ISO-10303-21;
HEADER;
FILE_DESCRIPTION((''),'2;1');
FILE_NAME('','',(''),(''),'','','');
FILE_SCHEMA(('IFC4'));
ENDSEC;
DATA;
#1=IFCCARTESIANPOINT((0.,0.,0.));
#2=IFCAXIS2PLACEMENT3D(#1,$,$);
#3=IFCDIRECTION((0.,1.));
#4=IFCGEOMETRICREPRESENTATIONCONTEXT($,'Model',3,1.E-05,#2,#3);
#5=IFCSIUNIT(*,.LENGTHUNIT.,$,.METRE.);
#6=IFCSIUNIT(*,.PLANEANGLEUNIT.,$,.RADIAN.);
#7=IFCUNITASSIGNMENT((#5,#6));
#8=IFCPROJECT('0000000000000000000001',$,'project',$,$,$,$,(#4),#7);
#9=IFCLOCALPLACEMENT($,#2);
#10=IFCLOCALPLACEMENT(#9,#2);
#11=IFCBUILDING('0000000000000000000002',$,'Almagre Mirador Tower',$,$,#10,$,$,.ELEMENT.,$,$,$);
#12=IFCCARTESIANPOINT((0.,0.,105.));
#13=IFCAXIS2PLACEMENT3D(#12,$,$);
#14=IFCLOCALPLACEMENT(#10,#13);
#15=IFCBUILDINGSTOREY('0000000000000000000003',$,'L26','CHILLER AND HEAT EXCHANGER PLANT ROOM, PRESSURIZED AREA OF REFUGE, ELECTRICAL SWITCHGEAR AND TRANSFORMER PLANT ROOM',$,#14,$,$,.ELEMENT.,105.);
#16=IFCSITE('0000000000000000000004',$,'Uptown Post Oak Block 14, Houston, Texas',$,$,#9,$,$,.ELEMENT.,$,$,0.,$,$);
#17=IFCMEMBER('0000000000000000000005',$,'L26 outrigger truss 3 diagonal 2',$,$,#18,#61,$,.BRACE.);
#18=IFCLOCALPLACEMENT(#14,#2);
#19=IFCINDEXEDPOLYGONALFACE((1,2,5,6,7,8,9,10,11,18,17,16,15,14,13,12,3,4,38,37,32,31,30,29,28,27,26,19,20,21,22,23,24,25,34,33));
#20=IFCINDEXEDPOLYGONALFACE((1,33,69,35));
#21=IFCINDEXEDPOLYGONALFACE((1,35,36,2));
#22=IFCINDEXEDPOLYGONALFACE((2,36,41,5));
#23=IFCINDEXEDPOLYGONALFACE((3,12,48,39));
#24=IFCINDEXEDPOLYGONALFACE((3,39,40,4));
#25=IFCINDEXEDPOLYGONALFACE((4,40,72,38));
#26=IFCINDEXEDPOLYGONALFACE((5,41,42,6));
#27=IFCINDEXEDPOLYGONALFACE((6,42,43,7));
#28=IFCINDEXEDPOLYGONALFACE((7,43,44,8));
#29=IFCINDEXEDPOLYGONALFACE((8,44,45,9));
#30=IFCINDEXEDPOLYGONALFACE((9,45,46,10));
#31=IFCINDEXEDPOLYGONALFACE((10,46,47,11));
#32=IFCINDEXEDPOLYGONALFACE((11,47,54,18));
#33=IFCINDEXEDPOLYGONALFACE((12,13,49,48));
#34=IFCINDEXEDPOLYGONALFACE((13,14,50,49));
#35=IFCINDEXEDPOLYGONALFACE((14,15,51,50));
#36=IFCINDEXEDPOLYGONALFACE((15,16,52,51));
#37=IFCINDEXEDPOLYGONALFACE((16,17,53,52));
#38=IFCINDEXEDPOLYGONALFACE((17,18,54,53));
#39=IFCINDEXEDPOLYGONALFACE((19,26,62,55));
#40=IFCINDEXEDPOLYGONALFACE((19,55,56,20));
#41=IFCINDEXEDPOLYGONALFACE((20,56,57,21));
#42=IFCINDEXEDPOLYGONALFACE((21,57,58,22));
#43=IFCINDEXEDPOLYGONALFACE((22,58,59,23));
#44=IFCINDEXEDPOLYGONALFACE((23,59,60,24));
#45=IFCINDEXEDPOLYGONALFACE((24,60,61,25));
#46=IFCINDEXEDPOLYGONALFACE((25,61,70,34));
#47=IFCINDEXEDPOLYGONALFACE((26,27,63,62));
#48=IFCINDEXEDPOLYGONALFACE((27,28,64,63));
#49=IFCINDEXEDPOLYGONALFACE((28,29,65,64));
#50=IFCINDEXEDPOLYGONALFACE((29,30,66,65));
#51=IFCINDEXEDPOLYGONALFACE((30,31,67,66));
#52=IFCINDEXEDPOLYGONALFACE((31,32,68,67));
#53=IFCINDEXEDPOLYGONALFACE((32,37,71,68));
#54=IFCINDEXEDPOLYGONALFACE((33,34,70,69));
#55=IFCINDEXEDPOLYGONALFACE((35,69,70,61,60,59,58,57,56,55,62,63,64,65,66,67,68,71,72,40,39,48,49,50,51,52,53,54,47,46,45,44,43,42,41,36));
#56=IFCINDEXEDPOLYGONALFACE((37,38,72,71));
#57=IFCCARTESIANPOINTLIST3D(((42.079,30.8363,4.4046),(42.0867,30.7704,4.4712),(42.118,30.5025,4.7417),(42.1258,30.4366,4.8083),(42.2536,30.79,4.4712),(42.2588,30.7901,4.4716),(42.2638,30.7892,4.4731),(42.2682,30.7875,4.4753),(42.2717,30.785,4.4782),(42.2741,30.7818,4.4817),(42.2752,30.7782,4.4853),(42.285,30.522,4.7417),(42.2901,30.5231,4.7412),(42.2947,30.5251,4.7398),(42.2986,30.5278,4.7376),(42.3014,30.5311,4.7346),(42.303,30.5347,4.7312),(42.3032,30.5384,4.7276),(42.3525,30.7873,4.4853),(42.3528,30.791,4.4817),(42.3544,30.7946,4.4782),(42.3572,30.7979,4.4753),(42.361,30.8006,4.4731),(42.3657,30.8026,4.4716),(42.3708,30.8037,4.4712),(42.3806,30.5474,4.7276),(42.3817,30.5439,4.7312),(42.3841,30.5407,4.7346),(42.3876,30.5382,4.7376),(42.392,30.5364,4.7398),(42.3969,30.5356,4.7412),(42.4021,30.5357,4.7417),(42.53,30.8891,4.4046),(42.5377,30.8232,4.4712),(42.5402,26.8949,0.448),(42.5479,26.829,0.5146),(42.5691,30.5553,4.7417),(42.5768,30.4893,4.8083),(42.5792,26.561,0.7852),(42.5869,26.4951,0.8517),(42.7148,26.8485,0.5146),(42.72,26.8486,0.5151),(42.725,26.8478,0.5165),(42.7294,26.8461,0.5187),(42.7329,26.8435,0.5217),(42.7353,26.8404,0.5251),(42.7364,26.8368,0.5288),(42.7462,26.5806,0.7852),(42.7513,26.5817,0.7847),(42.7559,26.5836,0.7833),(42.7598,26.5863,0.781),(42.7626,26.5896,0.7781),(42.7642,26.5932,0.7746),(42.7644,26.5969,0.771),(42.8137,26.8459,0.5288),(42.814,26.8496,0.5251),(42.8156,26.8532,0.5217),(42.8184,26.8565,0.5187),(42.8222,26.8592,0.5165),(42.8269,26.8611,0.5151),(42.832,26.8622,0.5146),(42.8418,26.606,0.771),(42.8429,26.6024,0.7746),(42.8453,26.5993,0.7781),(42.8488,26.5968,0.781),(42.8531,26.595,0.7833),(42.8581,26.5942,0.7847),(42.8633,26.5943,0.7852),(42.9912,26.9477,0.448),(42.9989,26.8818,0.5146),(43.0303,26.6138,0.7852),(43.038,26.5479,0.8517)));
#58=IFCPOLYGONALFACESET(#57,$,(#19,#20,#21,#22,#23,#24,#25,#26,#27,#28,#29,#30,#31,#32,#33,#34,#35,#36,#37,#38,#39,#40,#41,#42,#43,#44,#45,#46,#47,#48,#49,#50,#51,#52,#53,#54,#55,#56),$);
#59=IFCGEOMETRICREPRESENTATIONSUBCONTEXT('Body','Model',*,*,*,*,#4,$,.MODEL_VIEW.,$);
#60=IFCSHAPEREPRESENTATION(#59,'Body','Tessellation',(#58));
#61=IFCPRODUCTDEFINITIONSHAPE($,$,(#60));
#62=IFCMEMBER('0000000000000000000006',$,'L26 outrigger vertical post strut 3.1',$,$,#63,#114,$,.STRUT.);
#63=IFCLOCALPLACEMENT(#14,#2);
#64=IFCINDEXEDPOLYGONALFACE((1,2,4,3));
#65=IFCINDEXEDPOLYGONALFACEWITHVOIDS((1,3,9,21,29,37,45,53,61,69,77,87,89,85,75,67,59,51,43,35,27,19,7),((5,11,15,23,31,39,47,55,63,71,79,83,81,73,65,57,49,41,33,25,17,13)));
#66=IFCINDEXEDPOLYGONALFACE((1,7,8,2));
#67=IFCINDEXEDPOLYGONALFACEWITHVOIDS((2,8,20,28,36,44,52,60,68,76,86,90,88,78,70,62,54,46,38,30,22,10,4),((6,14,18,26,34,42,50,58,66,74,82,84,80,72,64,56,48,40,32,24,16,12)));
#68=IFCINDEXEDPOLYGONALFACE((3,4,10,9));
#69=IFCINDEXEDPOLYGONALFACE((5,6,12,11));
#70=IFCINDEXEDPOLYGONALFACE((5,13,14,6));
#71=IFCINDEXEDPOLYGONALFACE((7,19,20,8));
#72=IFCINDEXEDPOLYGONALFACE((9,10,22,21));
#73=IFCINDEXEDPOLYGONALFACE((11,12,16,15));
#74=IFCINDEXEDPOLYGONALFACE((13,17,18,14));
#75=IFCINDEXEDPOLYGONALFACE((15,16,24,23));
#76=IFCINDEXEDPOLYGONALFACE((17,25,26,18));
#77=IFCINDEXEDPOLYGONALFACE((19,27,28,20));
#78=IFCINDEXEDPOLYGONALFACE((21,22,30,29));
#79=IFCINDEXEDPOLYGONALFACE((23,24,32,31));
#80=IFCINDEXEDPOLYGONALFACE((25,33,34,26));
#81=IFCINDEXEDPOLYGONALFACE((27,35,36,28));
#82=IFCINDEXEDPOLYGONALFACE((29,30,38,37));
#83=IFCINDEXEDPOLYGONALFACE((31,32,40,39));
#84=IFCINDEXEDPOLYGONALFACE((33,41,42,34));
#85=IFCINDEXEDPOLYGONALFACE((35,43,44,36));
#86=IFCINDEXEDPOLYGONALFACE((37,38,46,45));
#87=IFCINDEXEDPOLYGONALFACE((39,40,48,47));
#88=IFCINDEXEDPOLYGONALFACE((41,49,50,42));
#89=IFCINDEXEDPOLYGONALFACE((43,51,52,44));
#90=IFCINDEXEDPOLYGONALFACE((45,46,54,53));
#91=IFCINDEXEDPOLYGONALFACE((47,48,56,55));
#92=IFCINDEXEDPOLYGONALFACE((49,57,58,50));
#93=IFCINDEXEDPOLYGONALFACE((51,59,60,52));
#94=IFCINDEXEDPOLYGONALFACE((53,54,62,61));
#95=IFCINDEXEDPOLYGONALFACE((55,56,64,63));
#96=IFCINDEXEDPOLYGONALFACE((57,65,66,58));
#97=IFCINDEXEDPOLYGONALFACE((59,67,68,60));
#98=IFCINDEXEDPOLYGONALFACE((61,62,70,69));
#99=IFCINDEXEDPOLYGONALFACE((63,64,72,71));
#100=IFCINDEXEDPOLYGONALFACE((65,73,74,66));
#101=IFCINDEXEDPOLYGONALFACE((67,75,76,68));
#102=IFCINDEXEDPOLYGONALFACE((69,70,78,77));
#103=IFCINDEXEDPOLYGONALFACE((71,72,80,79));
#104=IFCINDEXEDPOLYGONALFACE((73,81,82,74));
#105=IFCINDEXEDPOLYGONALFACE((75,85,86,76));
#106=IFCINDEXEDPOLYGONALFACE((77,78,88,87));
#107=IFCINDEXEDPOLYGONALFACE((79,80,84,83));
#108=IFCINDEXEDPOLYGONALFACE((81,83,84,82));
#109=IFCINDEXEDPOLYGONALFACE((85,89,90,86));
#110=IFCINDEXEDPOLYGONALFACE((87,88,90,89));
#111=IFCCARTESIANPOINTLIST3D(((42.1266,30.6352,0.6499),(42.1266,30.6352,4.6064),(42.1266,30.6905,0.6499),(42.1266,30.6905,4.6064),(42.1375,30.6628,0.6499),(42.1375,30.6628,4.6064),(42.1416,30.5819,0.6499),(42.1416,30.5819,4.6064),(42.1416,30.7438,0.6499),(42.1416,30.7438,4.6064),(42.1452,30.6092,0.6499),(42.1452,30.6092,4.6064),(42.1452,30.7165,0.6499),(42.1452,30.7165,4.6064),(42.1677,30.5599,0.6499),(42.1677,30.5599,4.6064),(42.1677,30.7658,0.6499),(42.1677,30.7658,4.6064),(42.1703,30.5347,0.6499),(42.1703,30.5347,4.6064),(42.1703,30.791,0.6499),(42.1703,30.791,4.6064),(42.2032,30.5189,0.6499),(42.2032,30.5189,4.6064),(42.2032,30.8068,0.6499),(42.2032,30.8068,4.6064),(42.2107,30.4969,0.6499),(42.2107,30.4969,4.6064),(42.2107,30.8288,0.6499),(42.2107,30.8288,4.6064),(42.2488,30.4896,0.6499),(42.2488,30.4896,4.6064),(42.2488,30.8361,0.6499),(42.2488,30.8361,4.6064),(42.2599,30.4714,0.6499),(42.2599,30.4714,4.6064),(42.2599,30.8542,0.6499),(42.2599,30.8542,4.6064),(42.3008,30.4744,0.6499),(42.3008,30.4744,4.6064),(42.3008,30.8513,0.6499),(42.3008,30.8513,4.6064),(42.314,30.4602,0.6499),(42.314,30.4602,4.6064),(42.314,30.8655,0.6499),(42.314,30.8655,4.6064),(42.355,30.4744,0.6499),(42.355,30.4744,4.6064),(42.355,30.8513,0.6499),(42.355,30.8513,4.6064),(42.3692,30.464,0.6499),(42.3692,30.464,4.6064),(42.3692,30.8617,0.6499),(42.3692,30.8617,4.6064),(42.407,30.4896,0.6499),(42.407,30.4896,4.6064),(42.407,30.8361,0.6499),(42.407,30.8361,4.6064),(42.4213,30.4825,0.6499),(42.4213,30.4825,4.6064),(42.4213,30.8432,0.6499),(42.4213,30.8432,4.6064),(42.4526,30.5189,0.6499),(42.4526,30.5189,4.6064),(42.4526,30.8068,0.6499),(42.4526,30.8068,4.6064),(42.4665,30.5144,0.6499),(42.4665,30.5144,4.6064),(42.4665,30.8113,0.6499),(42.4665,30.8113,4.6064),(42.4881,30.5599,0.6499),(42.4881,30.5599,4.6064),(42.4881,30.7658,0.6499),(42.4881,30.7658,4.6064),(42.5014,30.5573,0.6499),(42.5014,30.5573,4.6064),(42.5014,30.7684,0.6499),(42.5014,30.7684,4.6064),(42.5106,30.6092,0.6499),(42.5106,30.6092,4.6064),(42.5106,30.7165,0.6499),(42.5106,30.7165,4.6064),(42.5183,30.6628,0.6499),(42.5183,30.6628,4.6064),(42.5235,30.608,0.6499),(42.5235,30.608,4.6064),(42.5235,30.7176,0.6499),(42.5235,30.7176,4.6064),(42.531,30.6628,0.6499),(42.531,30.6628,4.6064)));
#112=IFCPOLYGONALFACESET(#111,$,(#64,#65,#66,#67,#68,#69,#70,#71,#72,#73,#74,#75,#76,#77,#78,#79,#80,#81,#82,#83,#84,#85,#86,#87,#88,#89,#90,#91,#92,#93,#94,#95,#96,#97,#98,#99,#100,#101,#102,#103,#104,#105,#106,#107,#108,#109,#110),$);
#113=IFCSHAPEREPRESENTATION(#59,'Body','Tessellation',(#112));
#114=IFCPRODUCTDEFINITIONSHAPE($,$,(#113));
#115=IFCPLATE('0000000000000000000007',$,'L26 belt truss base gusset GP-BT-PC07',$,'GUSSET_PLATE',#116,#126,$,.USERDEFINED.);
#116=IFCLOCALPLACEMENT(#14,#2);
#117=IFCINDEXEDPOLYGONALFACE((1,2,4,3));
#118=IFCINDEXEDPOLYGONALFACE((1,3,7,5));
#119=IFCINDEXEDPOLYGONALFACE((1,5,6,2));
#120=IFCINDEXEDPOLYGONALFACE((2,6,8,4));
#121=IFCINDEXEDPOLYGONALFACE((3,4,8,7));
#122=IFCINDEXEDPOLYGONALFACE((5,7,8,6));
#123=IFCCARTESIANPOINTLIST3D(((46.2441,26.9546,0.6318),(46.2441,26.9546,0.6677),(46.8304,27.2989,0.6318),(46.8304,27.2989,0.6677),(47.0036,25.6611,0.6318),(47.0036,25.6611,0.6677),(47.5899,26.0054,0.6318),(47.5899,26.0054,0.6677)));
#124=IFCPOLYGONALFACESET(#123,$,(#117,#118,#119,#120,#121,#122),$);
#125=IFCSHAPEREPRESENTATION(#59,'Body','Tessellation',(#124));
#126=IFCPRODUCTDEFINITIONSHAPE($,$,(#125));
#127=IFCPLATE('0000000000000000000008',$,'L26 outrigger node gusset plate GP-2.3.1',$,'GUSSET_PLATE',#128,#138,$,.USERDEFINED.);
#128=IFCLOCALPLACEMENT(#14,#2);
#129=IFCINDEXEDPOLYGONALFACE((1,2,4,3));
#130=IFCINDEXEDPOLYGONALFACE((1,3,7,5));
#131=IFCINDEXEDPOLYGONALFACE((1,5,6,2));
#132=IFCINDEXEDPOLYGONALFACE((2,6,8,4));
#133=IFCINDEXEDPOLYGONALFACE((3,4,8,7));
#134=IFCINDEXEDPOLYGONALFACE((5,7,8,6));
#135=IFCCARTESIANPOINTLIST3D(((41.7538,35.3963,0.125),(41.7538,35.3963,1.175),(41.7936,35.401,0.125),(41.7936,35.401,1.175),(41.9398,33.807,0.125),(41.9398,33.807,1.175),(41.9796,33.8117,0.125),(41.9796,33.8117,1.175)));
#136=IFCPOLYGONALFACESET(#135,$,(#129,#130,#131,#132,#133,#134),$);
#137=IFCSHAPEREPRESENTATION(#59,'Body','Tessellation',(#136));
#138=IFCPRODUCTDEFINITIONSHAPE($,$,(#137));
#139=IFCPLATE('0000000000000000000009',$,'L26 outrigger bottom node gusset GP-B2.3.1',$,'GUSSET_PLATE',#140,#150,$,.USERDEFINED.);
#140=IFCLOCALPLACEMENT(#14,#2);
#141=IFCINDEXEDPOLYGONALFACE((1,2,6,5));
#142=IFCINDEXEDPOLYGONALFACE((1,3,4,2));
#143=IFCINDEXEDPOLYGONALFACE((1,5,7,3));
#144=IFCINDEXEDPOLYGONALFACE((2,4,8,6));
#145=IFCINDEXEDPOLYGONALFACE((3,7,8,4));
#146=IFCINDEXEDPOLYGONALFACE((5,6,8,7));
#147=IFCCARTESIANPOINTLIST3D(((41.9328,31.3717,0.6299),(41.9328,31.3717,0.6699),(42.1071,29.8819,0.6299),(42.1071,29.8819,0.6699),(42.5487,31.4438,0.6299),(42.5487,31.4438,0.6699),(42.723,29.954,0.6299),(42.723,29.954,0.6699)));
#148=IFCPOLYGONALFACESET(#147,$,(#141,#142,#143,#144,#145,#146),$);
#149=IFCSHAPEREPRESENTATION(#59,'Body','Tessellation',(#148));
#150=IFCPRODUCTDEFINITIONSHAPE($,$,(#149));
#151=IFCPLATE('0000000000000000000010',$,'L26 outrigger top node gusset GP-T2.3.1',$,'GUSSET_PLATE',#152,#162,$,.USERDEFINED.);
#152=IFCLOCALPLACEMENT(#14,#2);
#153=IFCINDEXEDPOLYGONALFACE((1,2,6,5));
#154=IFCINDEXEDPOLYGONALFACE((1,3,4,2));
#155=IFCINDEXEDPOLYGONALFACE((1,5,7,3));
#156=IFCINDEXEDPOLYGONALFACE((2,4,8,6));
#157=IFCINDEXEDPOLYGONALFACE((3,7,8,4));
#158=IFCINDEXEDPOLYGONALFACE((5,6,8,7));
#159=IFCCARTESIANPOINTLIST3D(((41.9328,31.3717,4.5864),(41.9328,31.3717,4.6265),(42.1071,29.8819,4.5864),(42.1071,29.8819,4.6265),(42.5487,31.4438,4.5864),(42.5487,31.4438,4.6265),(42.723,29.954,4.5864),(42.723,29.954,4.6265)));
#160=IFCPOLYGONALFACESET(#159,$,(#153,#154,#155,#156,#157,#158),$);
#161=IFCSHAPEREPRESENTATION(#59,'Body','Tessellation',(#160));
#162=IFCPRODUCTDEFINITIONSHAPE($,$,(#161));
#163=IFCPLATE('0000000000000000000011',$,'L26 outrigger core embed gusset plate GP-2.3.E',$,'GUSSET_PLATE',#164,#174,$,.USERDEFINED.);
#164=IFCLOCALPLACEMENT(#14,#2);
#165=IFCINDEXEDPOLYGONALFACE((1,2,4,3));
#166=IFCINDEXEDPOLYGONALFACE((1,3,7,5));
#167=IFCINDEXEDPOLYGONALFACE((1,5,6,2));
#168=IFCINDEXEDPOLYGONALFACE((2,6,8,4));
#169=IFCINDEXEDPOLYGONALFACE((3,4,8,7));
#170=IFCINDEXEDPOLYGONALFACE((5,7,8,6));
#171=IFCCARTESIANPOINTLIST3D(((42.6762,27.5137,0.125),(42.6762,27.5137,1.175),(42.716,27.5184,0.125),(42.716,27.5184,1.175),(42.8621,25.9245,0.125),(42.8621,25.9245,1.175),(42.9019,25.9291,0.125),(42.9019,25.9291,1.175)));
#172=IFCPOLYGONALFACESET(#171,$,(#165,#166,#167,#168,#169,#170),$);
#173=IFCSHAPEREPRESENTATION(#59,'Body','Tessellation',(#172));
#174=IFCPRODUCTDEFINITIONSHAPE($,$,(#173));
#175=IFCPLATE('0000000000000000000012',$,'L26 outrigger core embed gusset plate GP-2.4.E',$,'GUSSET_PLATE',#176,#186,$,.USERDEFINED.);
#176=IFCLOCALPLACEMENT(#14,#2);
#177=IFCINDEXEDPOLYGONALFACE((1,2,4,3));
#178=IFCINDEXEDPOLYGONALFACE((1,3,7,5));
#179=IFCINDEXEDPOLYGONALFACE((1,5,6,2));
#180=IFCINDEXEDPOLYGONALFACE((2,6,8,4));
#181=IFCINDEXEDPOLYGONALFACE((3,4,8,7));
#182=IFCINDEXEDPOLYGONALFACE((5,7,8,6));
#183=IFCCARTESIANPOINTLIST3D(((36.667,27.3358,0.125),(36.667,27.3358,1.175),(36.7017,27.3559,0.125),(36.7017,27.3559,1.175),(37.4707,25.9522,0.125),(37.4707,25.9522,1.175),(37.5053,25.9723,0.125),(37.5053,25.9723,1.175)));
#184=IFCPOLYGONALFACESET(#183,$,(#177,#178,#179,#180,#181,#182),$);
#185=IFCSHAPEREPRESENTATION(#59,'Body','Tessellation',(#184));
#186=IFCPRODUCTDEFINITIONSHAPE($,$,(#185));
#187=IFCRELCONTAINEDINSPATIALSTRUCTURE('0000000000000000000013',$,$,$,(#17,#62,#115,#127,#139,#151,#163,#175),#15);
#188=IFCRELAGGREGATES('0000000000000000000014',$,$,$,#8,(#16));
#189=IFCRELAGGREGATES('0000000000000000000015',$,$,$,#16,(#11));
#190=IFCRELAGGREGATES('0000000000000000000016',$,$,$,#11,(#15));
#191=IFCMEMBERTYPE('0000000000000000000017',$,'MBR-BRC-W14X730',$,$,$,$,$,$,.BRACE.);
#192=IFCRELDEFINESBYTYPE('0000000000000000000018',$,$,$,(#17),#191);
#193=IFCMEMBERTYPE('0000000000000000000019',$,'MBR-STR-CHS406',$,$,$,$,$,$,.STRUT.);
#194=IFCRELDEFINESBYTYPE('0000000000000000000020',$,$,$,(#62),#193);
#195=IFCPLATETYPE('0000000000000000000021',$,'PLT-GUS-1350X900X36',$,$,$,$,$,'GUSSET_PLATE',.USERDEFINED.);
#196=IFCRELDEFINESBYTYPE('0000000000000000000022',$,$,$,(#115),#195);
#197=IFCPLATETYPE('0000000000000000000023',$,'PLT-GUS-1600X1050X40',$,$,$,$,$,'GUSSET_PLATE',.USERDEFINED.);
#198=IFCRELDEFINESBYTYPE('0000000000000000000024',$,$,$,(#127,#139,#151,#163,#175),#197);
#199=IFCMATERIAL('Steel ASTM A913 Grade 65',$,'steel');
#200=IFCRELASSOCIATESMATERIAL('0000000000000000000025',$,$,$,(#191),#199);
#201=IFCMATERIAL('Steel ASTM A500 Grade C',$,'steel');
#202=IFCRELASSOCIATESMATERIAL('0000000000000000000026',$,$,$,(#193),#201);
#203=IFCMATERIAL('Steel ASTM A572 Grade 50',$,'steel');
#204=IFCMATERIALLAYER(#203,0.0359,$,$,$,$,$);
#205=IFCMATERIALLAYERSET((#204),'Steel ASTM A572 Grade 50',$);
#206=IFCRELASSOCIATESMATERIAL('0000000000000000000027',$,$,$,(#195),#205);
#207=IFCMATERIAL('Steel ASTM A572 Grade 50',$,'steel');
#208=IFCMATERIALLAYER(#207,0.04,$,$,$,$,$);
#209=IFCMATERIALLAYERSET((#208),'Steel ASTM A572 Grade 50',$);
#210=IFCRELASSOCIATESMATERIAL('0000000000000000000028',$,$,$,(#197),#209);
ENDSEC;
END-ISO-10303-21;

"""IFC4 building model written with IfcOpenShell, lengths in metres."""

from ifc_helpers import new_model, si_unit, direction, frame, origin, origin_2d, place, context, subcontext, project, spatial, rectangle, hollow_circle, i_section, extrude, material, layer, layer_set, material_profile, profile_set, type_object, element, save


model = new_model("IFC4")

# Units and contexts
model_context = context("Model", 3, precision=1e-05, world=origin(), true_north=direction((0.0, 1.0)))
body_context = subcontext(model_context, "Body", "Model", "MODEL_VIEW")
ifc_project = project(units=[si_unit("LENGTHUNIT", "METRE"), si_unit("PLANEANGLEUNIT", "RADIAN")], contexts=[model_context])

# Site, building, storey
site_placement = place(None, origin())
site = spatial("IfcSite", under=ifc_project, at=site_placement, Name="Uptown Post Oak Block 14, Houston, Texas", CompositionType="ELEMENT", RefElevation=0.0)
building_placement = place(site_placement, origin())
building = spatial("IfcBuilding", under=site, at=building_placement, Name="Almagre Mirador Tower", CompositionType="ELEMENT")
storey_placement = place(building_placement, frame((0.0, 0.0, 105.0)))
storey = spatial("IfcBuildingStorey", under=building, at=storey_placement, Name="L26", Description="CHILLER AND HEAT EXCHANGER PLANT ROOM, PRESSURIZED AREA OF REFUGE, ELECTRICAL SWITCHGEAR AND TRANSFORMER PLANT ROOM", CompositionType="ELEMENT", Elevation=105.0)

# Members
ifc_material_1 = material(Name="Steel ASTM A913 Grade 65", Category="steel")
ifc_material_profile_1 = material_profile(ifc_material_1, i_section(OverallWidth=0.4541, OverallDepth=0.5701, WebThickness=0.0779, FlangeThickness=0.094, FilletRadius=0.02, at=origin_2d()), Name="W14X730")
ifc_profile_set_1 = profile_set([ifc_material_profile_1], Name="Steel ASTM A913 Grade 65")
member_type_1 = type_object("IfcMemberType", Name="MBR-BRC-W14X730", PredefinedType="BRACE", material=ifc_profile_set_1)
member_1_placement = place(storey_placement, frame((42.3279, 30.6628, 4.6064), z_axis=(0.082299, -0.703356, -0.706057), x_axis=(0.993224, 0.116217, 0.0)))
element("IfcMember", 1, at=member_1_placement, inside=storey, type_object=member_type_1, Name="L26 outrigger truss 3 diagonal 2", PredefinedType="BRACE", context=body_context, shape_type="SweptSolid", body=[
    extrude(i_section(OverallWidth=0.4541, OverallDepth=0.5701, WebThickness=0.0779, FlangeThickness=0.094, FilletRadius=0.02, at=origin_2d()), origin(), (0.0, 0.0, 1.0), 5.6038),
])
ifc_material_2 = material(Name="Steel ASTM A500 Grade C", Category="steel")
ifc_material_profile_2 = material_profile(ifc_material_2, hollow_circle(Radius=0.2031, WallThickness=0.0127, at=origin_2d()), Name="CHS406.4X12.7")
ifc_profile_set_2 = profile_set([ifc_material_profile_2], Name="Steel ASTM A500 Grade C")
member_type_2 = type_object("IfcMemberType", Name="MBR-STR-CHS406", PredefinedType="STRUT", material=ifc_profile_set_2)
member_2_placement = place(storey_placement, frame((42.3279, 30.6628, 0.6499), z_axis=(0.0, 0.0, 1.0), x_axis=(1.0, 0.0, 0.0)))
element("IfcMember", 2, at=member_2_placement, inside=storey, type_object=member_type_2, Name="L26 outrigger vertical post strut 3.1", PredefinedType="STRUT", context=body_context, shape_type="SweptSolid", body=[
    extrude(hollow_circle(Radius=0.2031, WallThickness=0.0127, at=origin_2d()), origin(), (0.0, 0.0, 1.0), 3.9565),
])

# Plates
ifc_material_3 = material(Name="Steel ASTM A572 Grade 50", Category="steel")
ifc_layer_1 = layer(ifc_material_3, 0.0359)
ifc_layer_set_1 = layer_set([ifc_layer_1], Name="Steel ASTM A572 Grade 50")
plate_type_1 = type_object("IfcPlateType", Name="PLT-GUS-1350X900X36", ElementType="GUSSET_PLATE", PredefinedType="USERDEFINED", material=ifc_layer_set_1)
plate_1_placement = place(storey_placement, frame((46.917, 26.48, 0.6318), z_axis=(0.0, 0.0, 1.0), x_axis=(-0.506335, 0.862337, 0.0)))
element("IfcPlate", 3, at=plate_1_placement, inside=storey, type_object=plate_type_1, Name="L26 belt truss base gusset GP-BT-PC07", ObjectType="GUSSET_PLATE", PredefinedType="USERDEFINED", context=body_context, shape_type="SweptSolid", body=[
    extrude(rectangle(XDim=1.5, YDim=0.6799, at=origin_2d()), origin(), (0.0, 0.0, 1.0), 0.0359),
])
ifc_material_4 = material(Name="Steel ASTM A572 Grade 50", Category="steel")
ifc_layer_2 = layer(ifc_material_4, 0.04)
ifc_layer_set_2 = layer_set([ifc_layer_2], Name="Steel ASTM A572 Grade 50")
plate_type_2 = type_object("IfcPlateType", Name="PLT-GUS-1600X1050X40", ElementType="GUSSET_PLATE", PredefinedType="USERDEFINED", material=ifc_layer_set_2)
plate_2_placement = place(storey_placement, frame((41.8667, 34.604, 0.125), z_axis=(0.0, 0.0, 1.0), x_axis=(0.116203, -0.993226, 0.0)))
element("IfcPlate", 4, at=plate_2_placement, inside=storey, type_object=plate_type_2, Name="L26 outrigger node gusset plate GP-2.3.1", ObjectType="GUSSET_PLATE", PredefinedType="USERDEFINED", context=body_context, shape_type="SweptSolid", body=[
    extrude(rectangle(XDim=1.6001, YDim=0.04, at=origin_2d()), origin(), (0.0, 0.0, 1.0), 1.05),
])
for number, where, z_axis, x_axis, name in (
    (5, (42.3279, 30.6628, 0.6299), (0.0, 0.0, 1.0), (0.116203, -0.993226, 0.0), "L26 outrigger bottom node gusset GP-B2.3.1"),
    (6, (42.3279, 30.6628, 4.5864), (0.0, 0.0, 1.0), (0.116203, -0.993226, 0.0), "L26 outrigger top node gusset GP-T2.3.1"),
):
    element("IfcPlate", number, at=place(storey_placement, frame(where, z_axis=z_axis, x_axis=x_axis)), inside=storey, type_object=plate_type_2, Name=name, ObjectType="GUSSET_PLATE", PredefinedType="USERDEFINED", context=body_context, shape_type="SweptSolid", body=[
        extrude(rectangle(XDim=1.5, YDim=0.6201, at=origin_2d()), origin(), (0.0, 0.0, 1.0), 0.04),
    ])
for number, where, z_axis, x_axis, name in (
    (7, (42.7891, 26.7214, 0.125), (0.0, 0.0, 1.0), (0.116203, -0.993226, 0.0), "L26 outrigger core embed gusset plate GP-2.3.E"),
    (8, (37.0862, 26.6541, 0.125), (0.0, 0.0, 1.0), (0.502266, -0.864713, 0.0), "L26 outrigger core embed gusset plate GP-2.4.E"),
):
    element("IfcPlate", number, at=place(storey_placement, frame(where, z_axis=z_axis, x_axis=x_axis)), inside=storey, type_object=plate_type_2, Name=name, ObjectType="GUSSET_PLATE", PredefinedType="USERDEFINED", context=body_context, shape_type="SweptSolid", body=[
        extrude(rectangle(XDim=1.6001, YDim=0.04, at=origin_2d()), origin(), (0.0, 0.0, 1.0), 1.05),
    ])

save(model, "model.ifc")
